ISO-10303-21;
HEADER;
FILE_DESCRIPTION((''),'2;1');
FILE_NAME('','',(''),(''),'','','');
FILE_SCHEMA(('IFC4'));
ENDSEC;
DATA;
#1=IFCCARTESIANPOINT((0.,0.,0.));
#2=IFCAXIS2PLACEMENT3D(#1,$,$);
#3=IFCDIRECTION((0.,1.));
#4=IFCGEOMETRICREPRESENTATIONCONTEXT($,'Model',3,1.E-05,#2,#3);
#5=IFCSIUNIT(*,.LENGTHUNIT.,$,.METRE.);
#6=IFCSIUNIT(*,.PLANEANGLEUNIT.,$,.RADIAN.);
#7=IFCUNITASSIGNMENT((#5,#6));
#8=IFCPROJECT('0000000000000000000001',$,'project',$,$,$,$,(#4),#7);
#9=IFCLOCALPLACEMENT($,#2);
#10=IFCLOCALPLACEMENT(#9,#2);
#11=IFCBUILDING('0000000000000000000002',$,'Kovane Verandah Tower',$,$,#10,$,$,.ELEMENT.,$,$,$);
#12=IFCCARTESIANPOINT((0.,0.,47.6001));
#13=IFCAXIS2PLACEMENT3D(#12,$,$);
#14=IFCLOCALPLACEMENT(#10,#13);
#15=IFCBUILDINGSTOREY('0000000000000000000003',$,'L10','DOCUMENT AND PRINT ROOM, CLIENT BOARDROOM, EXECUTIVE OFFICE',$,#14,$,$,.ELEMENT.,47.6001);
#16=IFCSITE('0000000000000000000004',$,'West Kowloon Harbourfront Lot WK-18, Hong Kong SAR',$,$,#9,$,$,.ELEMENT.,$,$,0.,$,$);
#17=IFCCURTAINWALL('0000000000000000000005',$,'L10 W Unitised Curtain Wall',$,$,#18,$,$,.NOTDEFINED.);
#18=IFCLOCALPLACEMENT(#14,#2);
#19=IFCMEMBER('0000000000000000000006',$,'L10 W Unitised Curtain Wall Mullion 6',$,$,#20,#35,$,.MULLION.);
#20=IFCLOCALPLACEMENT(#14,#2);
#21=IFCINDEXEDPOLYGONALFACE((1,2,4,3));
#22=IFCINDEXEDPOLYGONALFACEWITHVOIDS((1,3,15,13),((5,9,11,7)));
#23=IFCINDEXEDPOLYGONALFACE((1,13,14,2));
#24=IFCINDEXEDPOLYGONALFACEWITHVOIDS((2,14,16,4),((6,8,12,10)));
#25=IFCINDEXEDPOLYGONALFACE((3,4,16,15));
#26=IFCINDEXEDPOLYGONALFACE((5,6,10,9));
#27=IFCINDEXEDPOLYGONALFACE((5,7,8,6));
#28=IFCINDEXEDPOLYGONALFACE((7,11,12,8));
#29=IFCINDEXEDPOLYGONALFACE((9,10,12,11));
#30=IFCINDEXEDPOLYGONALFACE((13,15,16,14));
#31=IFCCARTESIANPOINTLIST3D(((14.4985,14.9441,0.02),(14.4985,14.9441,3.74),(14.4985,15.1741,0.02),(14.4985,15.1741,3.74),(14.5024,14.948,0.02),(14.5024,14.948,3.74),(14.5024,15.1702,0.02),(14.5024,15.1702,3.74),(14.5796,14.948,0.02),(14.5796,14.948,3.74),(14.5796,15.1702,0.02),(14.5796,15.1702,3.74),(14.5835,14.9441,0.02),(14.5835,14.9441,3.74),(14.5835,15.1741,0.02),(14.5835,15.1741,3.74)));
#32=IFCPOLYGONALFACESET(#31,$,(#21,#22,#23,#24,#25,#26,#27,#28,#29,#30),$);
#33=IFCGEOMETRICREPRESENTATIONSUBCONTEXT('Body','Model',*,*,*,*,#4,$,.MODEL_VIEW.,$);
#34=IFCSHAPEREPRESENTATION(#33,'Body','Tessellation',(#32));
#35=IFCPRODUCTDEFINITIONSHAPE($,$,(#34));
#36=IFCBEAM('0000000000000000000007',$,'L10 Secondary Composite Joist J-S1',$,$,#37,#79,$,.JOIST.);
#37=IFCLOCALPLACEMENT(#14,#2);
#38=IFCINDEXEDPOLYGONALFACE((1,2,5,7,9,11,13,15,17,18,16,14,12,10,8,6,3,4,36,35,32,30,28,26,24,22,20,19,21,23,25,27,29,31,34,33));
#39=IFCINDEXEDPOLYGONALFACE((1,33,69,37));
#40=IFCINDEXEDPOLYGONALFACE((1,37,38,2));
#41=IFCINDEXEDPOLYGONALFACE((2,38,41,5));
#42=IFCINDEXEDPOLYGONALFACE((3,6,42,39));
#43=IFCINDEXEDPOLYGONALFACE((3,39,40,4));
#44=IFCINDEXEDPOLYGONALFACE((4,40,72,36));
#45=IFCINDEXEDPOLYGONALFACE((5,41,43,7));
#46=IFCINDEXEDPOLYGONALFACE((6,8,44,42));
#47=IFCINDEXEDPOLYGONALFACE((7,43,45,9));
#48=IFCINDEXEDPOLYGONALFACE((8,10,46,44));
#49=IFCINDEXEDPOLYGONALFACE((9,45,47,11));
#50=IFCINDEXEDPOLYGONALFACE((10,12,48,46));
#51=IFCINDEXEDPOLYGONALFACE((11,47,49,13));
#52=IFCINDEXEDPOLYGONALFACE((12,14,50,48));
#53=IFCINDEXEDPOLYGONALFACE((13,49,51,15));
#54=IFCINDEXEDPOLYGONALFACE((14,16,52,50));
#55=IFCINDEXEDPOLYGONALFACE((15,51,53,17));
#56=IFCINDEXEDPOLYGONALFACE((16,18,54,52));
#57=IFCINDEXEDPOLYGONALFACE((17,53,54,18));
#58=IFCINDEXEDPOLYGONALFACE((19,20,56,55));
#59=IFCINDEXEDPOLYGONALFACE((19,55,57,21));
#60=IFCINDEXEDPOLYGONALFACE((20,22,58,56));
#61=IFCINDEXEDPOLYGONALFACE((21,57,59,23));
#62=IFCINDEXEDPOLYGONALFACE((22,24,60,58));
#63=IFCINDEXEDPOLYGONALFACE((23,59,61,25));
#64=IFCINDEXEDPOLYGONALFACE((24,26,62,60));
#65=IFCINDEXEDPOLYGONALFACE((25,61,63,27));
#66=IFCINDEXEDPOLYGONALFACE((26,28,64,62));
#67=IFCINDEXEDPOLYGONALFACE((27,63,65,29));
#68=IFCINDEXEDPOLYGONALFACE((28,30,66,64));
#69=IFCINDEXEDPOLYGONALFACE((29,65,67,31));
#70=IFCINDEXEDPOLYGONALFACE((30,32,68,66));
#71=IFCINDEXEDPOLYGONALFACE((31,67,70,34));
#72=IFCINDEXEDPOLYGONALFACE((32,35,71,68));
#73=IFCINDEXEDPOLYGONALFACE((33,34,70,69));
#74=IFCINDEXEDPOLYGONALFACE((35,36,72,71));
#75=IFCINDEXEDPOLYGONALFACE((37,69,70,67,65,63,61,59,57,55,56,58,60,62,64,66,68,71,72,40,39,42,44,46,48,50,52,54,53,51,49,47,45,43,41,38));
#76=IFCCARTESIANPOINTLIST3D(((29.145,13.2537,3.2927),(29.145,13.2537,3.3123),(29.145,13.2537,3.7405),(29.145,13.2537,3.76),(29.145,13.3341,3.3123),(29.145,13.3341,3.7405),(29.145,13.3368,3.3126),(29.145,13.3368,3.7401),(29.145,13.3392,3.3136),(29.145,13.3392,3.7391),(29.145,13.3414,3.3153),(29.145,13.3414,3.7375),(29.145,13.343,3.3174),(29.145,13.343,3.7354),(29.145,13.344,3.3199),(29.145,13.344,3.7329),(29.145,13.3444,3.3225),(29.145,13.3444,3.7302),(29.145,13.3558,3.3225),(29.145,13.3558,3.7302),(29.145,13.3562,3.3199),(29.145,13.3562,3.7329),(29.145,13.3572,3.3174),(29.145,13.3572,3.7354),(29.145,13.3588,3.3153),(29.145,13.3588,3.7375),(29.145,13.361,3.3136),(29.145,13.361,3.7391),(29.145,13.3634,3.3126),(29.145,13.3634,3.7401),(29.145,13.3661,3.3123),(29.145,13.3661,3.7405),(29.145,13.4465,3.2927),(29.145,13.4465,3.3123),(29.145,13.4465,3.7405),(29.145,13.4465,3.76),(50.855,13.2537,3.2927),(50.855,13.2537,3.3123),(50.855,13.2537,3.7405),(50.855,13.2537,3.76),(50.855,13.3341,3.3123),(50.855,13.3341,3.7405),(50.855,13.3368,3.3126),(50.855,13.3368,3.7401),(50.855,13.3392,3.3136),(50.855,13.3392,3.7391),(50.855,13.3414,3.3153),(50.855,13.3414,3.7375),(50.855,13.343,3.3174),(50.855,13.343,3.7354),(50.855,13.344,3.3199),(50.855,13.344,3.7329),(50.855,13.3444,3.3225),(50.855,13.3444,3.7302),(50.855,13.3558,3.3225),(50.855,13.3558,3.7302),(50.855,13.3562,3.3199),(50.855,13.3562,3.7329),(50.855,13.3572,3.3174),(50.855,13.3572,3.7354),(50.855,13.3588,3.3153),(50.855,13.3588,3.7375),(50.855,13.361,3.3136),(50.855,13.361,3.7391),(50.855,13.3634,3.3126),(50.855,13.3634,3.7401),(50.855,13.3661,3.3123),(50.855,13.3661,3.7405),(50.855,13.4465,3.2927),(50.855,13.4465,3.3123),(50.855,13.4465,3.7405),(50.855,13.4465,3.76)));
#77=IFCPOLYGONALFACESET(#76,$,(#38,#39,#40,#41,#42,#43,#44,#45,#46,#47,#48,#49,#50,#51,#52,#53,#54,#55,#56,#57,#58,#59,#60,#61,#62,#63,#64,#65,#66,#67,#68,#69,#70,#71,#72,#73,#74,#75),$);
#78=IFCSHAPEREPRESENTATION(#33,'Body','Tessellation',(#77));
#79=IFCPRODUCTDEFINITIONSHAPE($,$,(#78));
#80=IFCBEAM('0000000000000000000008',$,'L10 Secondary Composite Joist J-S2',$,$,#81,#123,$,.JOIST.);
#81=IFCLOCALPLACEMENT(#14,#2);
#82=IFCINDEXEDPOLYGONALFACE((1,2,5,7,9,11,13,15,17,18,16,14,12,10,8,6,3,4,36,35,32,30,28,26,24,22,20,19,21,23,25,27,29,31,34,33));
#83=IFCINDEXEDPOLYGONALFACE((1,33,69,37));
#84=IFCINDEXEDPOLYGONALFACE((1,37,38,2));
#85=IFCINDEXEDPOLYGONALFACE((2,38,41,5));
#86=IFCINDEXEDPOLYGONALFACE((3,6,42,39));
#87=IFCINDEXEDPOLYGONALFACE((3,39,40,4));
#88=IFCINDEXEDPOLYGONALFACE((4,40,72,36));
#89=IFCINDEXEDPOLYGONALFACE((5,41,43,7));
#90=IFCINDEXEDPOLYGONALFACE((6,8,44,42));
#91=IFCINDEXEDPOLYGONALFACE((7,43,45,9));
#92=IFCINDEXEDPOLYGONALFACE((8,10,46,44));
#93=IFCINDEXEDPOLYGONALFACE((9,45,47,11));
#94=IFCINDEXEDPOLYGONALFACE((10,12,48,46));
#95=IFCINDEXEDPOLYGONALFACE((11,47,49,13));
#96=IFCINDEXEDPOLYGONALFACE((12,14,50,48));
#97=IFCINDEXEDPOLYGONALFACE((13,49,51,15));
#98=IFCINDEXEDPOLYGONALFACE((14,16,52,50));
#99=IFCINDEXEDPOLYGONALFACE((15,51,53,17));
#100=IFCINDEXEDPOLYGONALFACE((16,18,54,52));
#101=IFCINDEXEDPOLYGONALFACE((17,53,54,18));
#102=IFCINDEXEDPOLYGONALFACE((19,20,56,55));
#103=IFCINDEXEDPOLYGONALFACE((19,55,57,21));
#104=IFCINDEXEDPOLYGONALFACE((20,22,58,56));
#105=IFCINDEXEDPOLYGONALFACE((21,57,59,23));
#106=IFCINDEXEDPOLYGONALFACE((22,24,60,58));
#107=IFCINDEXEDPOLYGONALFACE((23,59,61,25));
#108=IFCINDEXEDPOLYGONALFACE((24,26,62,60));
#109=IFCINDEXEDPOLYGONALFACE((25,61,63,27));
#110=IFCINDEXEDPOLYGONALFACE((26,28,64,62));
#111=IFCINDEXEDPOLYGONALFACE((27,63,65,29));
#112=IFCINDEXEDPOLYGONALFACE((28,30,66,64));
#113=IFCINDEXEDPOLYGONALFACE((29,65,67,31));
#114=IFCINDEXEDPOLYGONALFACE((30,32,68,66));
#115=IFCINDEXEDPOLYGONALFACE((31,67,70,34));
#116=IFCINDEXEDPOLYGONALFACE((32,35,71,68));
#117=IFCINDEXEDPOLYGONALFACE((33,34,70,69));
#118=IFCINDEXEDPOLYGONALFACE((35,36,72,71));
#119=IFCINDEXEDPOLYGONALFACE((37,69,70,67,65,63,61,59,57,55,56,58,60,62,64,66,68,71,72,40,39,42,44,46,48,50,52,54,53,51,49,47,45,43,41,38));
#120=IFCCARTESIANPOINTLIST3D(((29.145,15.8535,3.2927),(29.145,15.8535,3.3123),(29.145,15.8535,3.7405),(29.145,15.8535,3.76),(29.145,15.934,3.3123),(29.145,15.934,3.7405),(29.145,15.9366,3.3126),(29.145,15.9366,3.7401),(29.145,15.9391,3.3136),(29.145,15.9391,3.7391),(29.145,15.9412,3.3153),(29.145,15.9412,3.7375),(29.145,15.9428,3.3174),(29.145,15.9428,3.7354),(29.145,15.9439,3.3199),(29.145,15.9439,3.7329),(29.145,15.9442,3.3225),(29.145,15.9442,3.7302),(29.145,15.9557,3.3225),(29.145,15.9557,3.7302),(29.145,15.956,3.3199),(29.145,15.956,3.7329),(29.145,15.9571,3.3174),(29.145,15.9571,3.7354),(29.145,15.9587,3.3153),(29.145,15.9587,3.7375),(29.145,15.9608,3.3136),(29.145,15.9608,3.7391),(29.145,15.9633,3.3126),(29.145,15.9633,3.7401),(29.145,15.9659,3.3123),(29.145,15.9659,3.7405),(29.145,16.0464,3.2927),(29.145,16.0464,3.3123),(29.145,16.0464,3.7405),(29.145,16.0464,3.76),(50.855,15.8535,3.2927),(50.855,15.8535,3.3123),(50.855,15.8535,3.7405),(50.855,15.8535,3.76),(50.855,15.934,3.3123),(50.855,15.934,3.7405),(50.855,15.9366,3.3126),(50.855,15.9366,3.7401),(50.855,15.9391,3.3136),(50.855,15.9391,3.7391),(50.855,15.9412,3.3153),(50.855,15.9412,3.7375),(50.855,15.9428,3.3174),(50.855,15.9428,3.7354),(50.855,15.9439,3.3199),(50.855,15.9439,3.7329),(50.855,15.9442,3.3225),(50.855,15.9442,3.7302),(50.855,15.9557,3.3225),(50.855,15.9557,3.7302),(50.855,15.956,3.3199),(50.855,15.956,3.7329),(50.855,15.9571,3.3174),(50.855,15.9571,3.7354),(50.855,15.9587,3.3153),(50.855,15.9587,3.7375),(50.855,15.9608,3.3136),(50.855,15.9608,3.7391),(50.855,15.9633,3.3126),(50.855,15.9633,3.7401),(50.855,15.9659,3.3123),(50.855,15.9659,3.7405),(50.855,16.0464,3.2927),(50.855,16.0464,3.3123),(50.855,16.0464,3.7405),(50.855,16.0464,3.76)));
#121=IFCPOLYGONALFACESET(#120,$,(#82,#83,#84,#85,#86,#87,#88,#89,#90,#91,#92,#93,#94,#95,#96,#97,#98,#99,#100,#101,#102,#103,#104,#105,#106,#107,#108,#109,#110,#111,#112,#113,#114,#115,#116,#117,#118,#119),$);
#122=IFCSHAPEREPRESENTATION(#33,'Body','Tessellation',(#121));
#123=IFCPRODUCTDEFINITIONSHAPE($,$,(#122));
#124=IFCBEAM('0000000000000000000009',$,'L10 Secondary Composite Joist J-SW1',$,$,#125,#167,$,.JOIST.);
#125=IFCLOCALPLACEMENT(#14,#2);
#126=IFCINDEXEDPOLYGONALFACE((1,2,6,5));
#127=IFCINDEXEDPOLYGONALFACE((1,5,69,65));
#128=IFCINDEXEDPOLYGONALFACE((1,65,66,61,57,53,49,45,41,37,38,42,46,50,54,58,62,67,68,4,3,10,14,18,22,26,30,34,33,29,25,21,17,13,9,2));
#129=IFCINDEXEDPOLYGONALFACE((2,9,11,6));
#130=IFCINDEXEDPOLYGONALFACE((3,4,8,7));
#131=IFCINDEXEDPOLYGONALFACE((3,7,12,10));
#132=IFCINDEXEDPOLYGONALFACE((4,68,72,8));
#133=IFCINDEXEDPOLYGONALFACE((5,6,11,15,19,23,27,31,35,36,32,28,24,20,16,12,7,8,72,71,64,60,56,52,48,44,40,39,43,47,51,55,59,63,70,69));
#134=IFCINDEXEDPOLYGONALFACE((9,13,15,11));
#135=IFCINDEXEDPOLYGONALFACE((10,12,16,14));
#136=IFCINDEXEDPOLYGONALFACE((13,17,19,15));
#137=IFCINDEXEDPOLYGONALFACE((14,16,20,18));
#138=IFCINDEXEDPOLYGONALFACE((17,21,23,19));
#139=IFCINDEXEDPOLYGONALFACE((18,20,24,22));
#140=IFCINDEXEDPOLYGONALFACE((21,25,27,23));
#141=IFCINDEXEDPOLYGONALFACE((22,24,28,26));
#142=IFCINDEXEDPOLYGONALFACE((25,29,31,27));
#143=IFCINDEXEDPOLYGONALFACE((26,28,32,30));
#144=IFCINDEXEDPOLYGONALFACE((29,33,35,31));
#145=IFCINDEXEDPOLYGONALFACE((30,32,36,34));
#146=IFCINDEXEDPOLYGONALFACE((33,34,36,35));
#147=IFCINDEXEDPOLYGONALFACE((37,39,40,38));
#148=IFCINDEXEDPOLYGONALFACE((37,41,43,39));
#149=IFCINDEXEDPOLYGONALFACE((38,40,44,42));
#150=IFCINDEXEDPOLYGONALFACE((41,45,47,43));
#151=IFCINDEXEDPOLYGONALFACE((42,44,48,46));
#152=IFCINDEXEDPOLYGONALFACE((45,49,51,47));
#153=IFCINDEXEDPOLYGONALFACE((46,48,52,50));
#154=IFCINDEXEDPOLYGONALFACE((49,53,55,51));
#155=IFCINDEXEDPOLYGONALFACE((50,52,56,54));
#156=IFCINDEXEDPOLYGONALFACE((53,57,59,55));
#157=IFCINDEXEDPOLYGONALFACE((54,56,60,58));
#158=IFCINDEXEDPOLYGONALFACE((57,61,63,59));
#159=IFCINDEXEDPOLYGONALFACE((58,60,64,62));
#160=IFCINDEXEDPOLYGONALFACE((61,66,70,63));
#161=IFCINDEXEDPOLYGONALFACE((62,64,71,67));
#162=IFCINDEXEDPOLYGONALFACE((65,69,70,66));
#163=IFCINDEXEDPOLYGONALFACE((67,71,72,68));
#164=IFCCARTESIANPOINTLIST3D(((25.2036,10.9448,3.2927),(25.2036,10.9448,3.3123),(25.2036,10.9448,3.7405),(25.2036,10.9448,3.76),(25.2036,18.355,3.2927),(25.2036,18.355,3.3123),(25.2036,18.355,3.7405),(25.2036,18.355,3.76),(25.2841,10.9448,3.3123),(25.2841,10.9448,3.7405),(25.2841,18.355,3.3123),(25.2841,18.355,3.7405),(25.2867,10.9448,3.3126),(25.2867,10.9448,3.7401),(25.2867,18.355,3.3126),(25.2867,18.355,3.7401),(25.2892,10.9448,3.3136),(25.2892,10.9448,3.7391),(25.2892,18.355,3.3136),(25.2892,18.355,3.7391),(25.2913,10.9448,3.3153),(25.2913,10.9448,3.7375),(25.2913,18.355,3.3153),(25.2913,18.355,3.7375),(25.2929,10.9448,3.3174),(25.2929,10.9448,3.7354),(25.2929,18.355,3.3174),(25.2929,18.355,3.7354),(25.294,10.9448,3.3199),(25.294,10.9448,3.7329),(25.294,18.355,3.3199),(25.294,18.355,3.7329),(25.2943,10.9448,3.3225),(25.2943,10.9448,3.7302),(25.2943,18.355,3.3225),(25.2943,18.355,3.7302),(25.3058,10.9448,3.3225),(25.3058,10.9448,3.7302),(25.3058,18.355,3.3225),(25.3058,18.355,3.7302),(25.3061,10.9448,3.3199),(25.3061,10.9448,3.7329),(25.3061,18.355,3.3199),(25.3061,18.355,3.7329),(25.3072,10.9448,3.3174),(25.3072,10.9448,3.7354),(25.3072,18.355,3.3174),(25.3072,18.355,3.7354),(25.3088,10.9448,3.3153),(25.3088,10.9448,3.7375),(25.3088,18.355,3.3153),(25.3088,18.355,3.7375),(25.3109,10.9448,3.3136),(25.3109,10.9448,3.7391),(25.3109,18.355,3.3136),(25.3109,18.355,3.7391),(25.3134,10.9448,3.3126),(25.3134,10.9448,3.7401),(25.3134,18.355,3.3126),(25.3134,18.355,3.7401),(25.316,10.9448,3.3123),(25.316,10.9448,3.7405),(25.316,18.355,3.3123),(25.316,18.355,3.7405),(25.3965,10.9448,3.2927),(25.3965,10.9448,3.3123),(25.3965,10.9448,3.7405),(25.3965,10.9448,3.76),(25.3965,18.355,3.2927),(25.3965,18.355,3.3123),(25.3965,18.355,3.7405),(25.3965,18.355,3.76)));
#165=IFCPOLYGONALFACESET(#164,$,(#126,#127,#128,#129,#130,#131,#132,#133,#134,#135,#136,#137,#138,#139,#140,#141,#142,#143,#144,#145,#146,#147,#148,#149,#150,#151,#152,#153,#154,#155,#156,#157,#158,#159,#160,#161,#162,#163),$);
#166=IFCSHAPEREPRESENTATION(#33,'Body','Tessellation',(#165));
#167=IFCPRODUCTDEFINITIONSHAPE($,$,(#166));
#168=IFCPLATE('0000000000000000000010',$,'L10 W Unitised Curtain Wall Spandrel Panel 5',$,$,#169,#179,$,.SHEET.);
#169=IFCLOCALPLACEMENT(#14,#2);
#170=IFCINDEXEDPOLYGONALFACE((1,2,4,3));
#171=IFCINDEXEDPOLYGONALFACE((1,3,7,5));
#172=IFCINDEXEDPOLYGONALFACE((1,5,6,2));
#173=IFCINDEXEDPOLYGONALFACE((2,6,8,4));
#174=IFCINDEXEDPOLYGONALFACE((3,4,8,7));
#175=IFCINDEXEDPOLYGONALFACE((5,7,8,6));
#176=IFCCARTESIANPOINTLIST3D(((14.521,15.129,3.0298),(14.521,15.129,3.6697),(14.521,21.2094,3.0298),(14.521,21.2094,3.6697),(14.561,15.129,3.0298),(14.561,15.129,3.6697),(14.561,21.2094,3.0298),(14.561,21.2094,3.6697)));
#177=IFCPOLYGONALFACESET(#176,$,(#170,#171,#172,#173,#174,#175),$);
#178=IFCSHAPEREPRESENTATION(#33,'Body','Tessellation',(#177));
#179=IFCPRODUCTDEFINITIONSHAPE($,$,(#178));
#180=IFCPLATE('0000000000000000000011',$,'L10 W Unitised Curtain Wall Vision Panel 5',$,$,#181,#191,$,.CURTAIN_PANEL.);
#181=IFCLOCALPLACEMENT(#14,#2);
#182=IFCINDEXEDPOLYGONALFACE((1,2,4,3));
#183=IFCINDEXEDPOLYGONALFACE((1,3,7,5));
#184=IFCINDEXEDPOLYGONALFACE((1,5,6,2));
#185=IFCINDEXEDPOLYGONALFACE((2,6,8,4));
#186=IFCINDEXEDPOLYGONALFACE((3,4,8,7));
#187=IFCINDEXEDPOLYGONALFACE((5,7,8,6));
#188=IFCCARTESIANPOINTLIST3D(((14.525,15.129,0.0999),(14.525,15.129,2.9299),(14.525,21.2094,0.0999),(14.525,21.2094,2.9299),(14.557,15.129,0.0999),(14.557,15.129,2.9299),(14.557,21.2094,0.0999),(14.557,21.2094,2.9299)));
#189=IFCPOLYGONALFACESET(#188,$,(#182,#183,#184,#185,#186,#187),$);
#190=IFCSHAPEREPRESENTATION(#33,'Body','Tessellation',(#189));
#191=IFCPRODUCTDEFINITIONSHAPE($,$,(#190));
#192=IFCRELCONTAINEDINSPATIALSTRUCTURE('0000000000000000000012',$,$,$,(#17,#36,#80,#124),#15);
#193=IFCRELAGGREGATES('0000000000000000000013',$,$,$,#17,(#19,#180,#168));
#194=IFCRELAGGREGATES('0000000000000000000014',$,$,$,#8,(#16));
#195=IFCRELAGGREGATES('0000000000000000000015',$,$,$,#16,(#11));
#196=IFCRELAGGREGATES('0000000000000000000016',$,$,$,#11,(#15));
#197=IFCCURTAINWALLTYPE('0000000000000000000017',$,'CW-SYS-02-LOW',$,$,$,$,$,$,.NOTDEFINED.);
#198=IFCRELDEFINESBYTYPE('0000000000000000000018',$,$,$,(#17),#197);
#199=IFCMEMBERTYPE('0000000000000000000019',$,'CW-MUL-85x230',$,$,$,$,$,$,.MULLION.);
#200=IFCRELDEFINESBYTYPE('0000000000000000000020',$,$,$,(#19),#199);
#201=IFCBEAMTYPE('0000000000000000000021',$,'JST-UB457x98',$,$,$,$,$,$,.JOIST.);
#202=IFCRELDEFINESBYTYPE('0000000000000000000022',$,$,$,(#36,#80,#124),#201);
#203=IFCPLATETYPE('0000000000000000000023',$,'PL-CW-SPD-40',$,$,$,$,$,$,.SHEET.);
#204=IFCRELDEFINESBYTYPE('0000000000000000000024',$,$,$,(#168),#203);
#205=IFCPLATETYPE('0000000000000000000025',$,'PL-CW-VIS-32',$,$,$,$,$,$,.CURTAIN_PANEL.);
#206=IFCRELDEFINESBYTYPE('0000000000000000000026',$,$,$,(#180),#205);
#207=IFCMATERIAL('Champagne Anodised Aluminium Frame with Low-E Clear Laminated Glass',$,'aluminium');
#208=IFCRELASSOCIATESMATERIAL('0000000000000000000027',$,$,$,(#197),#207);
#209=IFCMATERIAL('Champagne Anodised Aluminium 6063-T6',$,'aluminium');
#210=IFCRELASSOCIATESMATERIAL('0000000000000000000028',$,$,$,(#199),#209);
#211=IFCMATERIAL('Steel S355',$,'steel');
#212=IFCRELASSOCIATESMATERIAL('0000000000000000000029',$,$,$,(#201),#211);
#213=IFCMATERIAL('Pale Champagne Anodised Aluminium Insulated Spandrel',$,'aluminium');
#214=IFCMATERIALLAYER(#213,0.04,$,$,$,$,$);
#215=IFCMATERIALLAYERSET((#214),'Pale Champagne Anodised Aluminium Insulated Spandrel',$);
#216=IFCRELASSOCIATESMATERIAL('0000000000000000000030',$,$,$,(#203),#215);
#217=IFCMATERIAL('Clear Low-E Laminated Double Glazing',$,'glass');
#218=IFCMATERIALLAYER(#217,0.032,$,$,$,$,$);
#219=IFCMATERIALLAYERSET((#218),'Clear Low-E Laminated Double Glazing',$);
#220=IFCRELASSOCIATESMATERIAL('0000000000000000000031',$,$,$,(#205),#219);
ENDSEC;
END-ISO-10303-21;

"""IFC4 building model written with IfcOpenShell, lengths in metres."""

from ifc_helpers import new_model, si_unit, direction, frame, origin, origin_2d, place, context, subcontext, project, spatial, rectangle, hollow_rectangle, i_section, extrude, material, layer, layer_set, material_profile, profile_set, type_object, element, aggregate, save


model = new_model("IFC4")

# Units and contexts
model_context = context("Model", 3, precision=1e-05, world=origin(), true_north=direction((0.0, 1.0)))
body_context = subcontext(model_context, "Body", "Model", "MODEL_VIEW")
ifc_project = project(units=[si_unit("LENGTHUNIT", "METRE"), si_unit("PLANEANGLEUNIT", "RADIAN")], contexts=[model_context])

# Site, building, storey
site_placement = place(None, origin())
site = spatial("IfcSite", under=ifc_project, at=site_placement, Name="West Kowloon Harbourfront Lot WK-18, Hong Kong SAR", CompositionType="ELEMENT", RefElevation=0.0)
building_placement = place(site_placement, origin())
building = spatial("IfcBuilding", under=site, at=building_placement, Name="Kovane Verandah Tower", CompositionType="ELEMENT")
storey_placement = place(building_placement, frame((0.0, 0.0, 47.6001)))
storey = spatial("IfcBuildingStorey", under=building, at=storey_placement, Name="L10", Description="DOCUMENT AND PRINT ROOM, CLIENT BOARDROOM, EXECUTIVE OFFICE", CompositionType="ELEMENT", Elevation=47.6001)

# Shared definitions
ifc_material_1 = material(Name="Steel S355", Category="steel")

# Curtain wall, member
ifc_material_2 = material(Name="Champagne Anodised Aluminium Frame with Low-E Clear Laminated Glass", Category="aluminium")
curtain_wall_type = type_object("IfcCurtainWallType", Name="CW-SYS-02-LOW", PredefinedType="NOTDEFINED", material=ifc_material_2)
curtain_wall_placement = place(storey_placement, origin())
curtain_wall = element("IfcCurtainWall", 1, at=curtain_wall_placement, inside=storey, type_object=curtain_wall_type, Name="L10 W Unitised Curtain Wall", PredefinedType="NOTDEFINED")
ifc_material_3 = material(Name="Champagne Anodised Aluminium 6063-T6", Category="aluminium")
ifc_material_profile_1 = material_profile(ifc_material_3, hollow_rectangle(XDim=0.085, YDim=0.23, WallThickness=0.0039, at=origin_2d()), Name="AL85x230x4")
ifc_profile_set_1 = profile_set([ifc_material_profile_1], Name="Champagne Anodised Aluminium 6063-T6")
member_type = type_object("IfcMemberType", Name="CW-MUL-85x230", PredefinedType="MULLION", material=ifc_profile_set_1)
member_placement = place(storey_placement, frame((14.541, 15.0591, 0.02), z_axis=(0.0, 0.0, 1.0), x_axis=(-1.0, 0.0, 0.0)))
member = element("IfcMember", 2, at=member_placement, type_object=member_type, Name="L10 W Unitised Curtain Wall Mullion 6", PredefinedType="MULLION", context=body_context, shape_type="SweptSolid", body=[
    extrude(hollow_rectangle(XDim=0.085, YDim=0.23, WallThickness=0.0039, at=origin_2d()), origin(), (0.0, 0.0, 1.0), 3.72),
])

# Beams
ifc_material_profile_2 = material_profile(ifc_material_1, i_section(OverallWidth=0.1929, OverallDepth=0.4673, WebThickness=0.0115, FlangeThickness=0.0195, FilletRadius=0.0103, at=origin_2d()), Name="UB457x191x98")
ifc_profile_set_2 = profile_set([ifc_material_profile_2], Name="Steel S355")
beam_type_1 = type_object("IfcBeamType", Name="JST-UB457x98", PredefinedType="JOIST", material=ifc_profile_set_2)
for number, where, z_axis, x_axis, name in (
    (3, (29.145, 13.3501, 3.5264), (1.0, 0.0, 0.0), (0.0, 1.0, 0.0), "L10 Secondary Composite Joist J-S1"),
    (4, (29.145, 15.95, 3.5264), (1.0, 0.0, 0.0), (0.0, 1.0, 0.0), "L10 Secondary Composite Joist J-S2"),
):
    element("IfcBeam", number, at=place(storey_placement, frame(where, z_axis=z_axis, x_axis=x_axis)), inside=storey, type_object=beam_type_1, Name=name, PredefinedType="JOIST", context=body_context, shape_type="SweptSolid", body=[
        extrude(i_section(OverallWidth=0.1929, OverallDepth=0.4673, WebThickness=0.0115, FlangeThickness=0.0195, FilletRadius=0.0103, at=origin_2d()), origin(), (0.0, 0.0, 1.0), 21.71),
    ])
beam_1_placement = place(storey_placement, frame((25.3, 10.9448, 3.5264), z_axis=(0.0, 1.0, 0.0), x_axis=(-1.0, 0.0, 0.0)))
element("IfcBeam", 5, at=beam_1_placement, inside=storey, type_object=beam_type_1, Name="L10 Secondary Composite Joist J-SW1", PredefinedType="JOIST", context=body_context, shape_type="SweptSolid", body=[
    extrude(i_section(OverallWidth=0.1929, OverallDepth=0.4673, WebThickness=0.0115, FlangeThickness=0.0195, FilletRadius=0.0103, at=origin_2d()), origin(), (0.0, 0.0, 1.0), 7.4102),
])

# Plates
ifc_material_4 = material(Name="Pale Champagne Anodised Aluminium Insulated Spandrel", Category="aluminium")
ifc_layer_1 = layer(ifc_material_4, 0.04)
ifc_layer_set_1 = layer_set([ifc_layer_1], Name="Pale Champagne Anodised Aluminium Insulated Spandrel")
plate_type_1 = type_object("IfcPlateType", Name="PL-CW-SPD-40", PredefinedType="SHEET", material=ifc_layer_set_1)
plate_1_placement = place(storey_placement, frame((14.541, 18.1692, 3.0298), z_axis=(0.0, 0.0, 1.0), x_axis=(0.0, -1.0, 0.0)))
plate_1 = element("IfcPlate", 6, at=plate_1_placement, type_object=plate_type_1, Name="L10 W Unitised Curtain Wall Spandrel Panel 5", PredefinedType="SHEET", context=body_context, shape_type="SweptSolid", body=[
    extrude(rectangle(XDim=6.0803, YDim=0.04, at=origin_2d()), origin(), (0.0, 0.0, 1.0), 0.6399),
])
ifc_material_5 = material(Name="Clear Low-E Laminated Double Glazing", Category="glass")
ifc_layer_2 = layer(ifc_material_5, 0.032)
ifc_layer_set_2 = layer_set([ifc_layer_2], Name="Clear Low-E Laminated Double Glazing")
plate_type_2 = type_object("IfcPlateType", Name="PL-CW-VIS-32", PredefinedType="CURTAIN_PANEL", material=ifc_layer_set_2)
plate_2_placement = place(storey_placement, frame((14.541, 18.1692, 0.0999), z_axis=(0.0, 0.0, 1.0), x_axis=(0.0, -1.0, 0.0)))
plate_2 = element("IfcPlate", 7, at=plate_2_placement, type_object=plate_type_2, Name="L10 W Unitised Curtain Wall Vision Panel 5", PredefinedType="CURTAIN_PANEL", context=body_context, shape_type="SweptSolid", body=[
    extrude(rectangle(XDim=6.0803, YDim=0.032, at=origin_2d()), origin(), (0.0, 0.0, 1.0), 2.8301),
])
aggregate(curtain_wall, [member, plate_2, plate_1])

save(model, "model.ifc")
